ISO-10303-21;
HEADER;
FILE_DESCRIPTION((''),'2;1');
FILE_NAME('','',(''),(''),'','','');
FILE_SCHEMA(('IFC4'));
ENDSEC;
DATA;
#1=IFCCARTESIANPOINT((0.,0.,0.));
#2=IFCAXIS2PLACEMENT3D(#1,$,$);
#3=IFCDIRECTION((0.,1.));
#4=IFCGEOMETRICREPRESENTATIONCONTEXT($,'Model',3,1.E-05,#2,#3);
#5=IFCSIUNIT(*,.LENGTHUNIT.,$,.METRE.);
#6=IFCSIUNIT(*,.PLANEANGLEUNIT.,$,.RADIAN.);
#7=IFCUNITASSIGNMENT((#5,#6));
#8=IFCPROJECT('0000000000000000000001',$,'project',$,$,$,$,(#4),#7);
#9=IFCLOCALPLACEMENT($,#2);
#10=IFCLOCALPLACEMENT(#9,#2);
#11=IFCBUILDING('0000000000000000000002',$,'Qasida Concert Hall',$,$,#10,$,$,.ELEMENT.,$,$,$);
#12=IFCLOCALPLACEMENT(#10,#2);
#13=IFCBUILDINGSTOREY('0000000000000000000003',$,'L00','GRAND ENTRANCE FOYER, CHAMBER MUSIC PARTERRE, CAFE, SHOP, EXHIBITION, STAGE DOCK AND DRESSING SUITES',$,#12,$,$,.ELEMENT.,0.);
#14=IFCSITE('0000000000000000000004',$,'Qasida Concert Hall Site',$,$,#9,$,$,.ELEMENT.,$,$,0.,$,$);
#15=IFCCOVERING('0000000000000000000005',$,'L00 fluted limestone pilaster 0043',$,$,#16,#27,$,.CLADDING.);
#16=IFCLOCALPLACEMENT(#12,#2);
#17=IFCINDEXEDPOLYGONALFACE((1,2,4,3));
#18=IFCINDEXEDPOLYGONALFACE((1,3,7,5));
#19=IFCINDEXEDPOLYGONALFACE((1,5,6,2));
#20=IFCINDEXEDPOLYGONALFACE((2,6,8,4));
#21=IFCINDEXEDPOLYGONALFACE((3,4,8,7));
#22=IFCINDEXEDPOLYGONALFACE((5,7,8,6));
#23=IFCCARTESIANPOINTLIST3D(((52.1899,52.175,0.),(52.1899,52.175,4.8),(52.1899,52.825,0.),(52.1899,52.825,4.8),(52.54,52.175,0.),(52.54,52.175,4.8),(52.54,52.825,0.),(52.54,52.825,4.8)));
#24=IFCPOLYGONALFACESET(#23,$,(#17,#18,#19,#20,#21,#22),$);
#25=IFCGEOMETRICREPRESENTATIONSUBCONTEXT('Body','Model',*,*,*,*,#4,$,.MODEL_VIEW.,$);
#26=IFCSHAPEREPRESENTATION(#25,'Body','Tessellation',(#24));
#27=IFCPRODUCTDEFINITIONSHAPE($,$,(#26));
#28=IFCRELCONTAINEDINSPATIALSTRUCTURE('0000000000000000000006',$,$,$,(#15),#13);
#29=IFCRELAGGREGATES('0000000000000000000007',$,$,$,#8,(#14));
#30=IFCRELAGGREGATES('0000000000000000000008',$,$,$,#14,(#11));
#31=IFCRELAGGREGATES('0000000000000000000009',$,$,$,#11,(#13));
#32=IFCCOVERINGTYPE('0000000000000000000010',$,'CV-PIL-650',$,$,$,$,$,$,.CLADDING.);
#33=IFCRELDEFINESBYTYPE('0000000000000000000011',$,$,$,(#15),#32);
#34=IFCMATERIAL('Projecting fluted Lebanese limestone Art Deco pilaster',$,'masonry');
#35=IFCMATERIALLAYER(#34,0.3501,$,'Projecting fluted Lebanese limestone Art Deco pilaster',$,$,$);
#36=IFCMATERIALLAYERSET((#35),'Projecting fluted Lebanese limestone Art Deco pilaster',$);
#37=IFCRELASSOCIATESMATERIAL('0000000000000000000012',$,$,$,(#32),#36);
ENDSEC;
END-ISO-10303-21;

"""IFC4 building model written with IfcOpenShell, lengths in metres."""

from ifc_helpers import new_model, si_unit, direction, frame, origin, origin_2d, place, context, subcontext, project, spatial, rectangle, extrude, material, layer, layer_set, type_object, element, save


model = new_model("IFC4")

# Units and contexts
model_context = context("Model", 3, precision=1e-05, world=origin(), true_north=direction((0.0, 1.0)))
body_context = subcontext(model_context, "Body", "Model", "MODEL_VIEW")
ifc_project = project(units=[si_unit("LENGTHUNIT", "METRE"), si_unit("PLANEANGLEUNIT", "RADIAN")], contexts=[model_context])

# Site, building, storey
site_placement = place(None, origin())
site = spatial("IfcSite", under=ifc_project, at=site_placement, Name="Qasida Concert Hall Site", CompositionType="ELEMENT", RefElevation=0.0)
building_placement = place(site_placement, origin())
building = spatial("IfcBuilding", under=site, at=building_placement, Name="Qasida Concert Hall", CompositionType="ELEMENT")
storey_placement = place(building_placement, origin())
storey = spatial("IfcBuildingStorey", under=building, at=storey_placement, Name="L00", Description="GRAND ENTRANCE FOYER, CHAMBER MUSIC PARTERRE, CAFE, SHOP, EXHIBITION, STAGE DOCK AND DRESSING SUITES", CompositionType="ELEMENT", Elevation=0.0)

# Covering
ifc_material_1 = material(Name="Projecting fluted Lebanese limestone Art Deco pilaster", Category="masonry")
ifc_layer_1 = layer(ifc_material_1, 0.3501, Name="Projecting fluted Lebanese limestone Art Deco pilaster")
ifc_layer_set_1 = layer_set([ifc_layer_1], Name="Projecting fluted Lebanese limestone Art Deco pilaster")
covering_type = type_object("IfcCoveringType", Name="CV-PIL-650", PredefinedType="CLADDING", material=ifc_layer_set_1)
covering_placement = place(storey_placement, frame((52.365, 52.5, 0.0), z_axis=(0.0, 0.0, 1.0), x_axis=(1.0, 0.0, 0.0)))
element("IfcCovering", 1, at=covering_placement, inside=storey, type_object=covering_type, Name="L00 fluted limestone pilaster 0043", PredefinedType="CLADDING", context=body_context, shape_type="SweptSolid", body=[
    extrude(rectangle(XDim=0.3501, YDim=0.6499, at=origin_2d()), origin(), (0.0, 0.0, 1.0), 4.8),
])

save(model, "model.ifc")
